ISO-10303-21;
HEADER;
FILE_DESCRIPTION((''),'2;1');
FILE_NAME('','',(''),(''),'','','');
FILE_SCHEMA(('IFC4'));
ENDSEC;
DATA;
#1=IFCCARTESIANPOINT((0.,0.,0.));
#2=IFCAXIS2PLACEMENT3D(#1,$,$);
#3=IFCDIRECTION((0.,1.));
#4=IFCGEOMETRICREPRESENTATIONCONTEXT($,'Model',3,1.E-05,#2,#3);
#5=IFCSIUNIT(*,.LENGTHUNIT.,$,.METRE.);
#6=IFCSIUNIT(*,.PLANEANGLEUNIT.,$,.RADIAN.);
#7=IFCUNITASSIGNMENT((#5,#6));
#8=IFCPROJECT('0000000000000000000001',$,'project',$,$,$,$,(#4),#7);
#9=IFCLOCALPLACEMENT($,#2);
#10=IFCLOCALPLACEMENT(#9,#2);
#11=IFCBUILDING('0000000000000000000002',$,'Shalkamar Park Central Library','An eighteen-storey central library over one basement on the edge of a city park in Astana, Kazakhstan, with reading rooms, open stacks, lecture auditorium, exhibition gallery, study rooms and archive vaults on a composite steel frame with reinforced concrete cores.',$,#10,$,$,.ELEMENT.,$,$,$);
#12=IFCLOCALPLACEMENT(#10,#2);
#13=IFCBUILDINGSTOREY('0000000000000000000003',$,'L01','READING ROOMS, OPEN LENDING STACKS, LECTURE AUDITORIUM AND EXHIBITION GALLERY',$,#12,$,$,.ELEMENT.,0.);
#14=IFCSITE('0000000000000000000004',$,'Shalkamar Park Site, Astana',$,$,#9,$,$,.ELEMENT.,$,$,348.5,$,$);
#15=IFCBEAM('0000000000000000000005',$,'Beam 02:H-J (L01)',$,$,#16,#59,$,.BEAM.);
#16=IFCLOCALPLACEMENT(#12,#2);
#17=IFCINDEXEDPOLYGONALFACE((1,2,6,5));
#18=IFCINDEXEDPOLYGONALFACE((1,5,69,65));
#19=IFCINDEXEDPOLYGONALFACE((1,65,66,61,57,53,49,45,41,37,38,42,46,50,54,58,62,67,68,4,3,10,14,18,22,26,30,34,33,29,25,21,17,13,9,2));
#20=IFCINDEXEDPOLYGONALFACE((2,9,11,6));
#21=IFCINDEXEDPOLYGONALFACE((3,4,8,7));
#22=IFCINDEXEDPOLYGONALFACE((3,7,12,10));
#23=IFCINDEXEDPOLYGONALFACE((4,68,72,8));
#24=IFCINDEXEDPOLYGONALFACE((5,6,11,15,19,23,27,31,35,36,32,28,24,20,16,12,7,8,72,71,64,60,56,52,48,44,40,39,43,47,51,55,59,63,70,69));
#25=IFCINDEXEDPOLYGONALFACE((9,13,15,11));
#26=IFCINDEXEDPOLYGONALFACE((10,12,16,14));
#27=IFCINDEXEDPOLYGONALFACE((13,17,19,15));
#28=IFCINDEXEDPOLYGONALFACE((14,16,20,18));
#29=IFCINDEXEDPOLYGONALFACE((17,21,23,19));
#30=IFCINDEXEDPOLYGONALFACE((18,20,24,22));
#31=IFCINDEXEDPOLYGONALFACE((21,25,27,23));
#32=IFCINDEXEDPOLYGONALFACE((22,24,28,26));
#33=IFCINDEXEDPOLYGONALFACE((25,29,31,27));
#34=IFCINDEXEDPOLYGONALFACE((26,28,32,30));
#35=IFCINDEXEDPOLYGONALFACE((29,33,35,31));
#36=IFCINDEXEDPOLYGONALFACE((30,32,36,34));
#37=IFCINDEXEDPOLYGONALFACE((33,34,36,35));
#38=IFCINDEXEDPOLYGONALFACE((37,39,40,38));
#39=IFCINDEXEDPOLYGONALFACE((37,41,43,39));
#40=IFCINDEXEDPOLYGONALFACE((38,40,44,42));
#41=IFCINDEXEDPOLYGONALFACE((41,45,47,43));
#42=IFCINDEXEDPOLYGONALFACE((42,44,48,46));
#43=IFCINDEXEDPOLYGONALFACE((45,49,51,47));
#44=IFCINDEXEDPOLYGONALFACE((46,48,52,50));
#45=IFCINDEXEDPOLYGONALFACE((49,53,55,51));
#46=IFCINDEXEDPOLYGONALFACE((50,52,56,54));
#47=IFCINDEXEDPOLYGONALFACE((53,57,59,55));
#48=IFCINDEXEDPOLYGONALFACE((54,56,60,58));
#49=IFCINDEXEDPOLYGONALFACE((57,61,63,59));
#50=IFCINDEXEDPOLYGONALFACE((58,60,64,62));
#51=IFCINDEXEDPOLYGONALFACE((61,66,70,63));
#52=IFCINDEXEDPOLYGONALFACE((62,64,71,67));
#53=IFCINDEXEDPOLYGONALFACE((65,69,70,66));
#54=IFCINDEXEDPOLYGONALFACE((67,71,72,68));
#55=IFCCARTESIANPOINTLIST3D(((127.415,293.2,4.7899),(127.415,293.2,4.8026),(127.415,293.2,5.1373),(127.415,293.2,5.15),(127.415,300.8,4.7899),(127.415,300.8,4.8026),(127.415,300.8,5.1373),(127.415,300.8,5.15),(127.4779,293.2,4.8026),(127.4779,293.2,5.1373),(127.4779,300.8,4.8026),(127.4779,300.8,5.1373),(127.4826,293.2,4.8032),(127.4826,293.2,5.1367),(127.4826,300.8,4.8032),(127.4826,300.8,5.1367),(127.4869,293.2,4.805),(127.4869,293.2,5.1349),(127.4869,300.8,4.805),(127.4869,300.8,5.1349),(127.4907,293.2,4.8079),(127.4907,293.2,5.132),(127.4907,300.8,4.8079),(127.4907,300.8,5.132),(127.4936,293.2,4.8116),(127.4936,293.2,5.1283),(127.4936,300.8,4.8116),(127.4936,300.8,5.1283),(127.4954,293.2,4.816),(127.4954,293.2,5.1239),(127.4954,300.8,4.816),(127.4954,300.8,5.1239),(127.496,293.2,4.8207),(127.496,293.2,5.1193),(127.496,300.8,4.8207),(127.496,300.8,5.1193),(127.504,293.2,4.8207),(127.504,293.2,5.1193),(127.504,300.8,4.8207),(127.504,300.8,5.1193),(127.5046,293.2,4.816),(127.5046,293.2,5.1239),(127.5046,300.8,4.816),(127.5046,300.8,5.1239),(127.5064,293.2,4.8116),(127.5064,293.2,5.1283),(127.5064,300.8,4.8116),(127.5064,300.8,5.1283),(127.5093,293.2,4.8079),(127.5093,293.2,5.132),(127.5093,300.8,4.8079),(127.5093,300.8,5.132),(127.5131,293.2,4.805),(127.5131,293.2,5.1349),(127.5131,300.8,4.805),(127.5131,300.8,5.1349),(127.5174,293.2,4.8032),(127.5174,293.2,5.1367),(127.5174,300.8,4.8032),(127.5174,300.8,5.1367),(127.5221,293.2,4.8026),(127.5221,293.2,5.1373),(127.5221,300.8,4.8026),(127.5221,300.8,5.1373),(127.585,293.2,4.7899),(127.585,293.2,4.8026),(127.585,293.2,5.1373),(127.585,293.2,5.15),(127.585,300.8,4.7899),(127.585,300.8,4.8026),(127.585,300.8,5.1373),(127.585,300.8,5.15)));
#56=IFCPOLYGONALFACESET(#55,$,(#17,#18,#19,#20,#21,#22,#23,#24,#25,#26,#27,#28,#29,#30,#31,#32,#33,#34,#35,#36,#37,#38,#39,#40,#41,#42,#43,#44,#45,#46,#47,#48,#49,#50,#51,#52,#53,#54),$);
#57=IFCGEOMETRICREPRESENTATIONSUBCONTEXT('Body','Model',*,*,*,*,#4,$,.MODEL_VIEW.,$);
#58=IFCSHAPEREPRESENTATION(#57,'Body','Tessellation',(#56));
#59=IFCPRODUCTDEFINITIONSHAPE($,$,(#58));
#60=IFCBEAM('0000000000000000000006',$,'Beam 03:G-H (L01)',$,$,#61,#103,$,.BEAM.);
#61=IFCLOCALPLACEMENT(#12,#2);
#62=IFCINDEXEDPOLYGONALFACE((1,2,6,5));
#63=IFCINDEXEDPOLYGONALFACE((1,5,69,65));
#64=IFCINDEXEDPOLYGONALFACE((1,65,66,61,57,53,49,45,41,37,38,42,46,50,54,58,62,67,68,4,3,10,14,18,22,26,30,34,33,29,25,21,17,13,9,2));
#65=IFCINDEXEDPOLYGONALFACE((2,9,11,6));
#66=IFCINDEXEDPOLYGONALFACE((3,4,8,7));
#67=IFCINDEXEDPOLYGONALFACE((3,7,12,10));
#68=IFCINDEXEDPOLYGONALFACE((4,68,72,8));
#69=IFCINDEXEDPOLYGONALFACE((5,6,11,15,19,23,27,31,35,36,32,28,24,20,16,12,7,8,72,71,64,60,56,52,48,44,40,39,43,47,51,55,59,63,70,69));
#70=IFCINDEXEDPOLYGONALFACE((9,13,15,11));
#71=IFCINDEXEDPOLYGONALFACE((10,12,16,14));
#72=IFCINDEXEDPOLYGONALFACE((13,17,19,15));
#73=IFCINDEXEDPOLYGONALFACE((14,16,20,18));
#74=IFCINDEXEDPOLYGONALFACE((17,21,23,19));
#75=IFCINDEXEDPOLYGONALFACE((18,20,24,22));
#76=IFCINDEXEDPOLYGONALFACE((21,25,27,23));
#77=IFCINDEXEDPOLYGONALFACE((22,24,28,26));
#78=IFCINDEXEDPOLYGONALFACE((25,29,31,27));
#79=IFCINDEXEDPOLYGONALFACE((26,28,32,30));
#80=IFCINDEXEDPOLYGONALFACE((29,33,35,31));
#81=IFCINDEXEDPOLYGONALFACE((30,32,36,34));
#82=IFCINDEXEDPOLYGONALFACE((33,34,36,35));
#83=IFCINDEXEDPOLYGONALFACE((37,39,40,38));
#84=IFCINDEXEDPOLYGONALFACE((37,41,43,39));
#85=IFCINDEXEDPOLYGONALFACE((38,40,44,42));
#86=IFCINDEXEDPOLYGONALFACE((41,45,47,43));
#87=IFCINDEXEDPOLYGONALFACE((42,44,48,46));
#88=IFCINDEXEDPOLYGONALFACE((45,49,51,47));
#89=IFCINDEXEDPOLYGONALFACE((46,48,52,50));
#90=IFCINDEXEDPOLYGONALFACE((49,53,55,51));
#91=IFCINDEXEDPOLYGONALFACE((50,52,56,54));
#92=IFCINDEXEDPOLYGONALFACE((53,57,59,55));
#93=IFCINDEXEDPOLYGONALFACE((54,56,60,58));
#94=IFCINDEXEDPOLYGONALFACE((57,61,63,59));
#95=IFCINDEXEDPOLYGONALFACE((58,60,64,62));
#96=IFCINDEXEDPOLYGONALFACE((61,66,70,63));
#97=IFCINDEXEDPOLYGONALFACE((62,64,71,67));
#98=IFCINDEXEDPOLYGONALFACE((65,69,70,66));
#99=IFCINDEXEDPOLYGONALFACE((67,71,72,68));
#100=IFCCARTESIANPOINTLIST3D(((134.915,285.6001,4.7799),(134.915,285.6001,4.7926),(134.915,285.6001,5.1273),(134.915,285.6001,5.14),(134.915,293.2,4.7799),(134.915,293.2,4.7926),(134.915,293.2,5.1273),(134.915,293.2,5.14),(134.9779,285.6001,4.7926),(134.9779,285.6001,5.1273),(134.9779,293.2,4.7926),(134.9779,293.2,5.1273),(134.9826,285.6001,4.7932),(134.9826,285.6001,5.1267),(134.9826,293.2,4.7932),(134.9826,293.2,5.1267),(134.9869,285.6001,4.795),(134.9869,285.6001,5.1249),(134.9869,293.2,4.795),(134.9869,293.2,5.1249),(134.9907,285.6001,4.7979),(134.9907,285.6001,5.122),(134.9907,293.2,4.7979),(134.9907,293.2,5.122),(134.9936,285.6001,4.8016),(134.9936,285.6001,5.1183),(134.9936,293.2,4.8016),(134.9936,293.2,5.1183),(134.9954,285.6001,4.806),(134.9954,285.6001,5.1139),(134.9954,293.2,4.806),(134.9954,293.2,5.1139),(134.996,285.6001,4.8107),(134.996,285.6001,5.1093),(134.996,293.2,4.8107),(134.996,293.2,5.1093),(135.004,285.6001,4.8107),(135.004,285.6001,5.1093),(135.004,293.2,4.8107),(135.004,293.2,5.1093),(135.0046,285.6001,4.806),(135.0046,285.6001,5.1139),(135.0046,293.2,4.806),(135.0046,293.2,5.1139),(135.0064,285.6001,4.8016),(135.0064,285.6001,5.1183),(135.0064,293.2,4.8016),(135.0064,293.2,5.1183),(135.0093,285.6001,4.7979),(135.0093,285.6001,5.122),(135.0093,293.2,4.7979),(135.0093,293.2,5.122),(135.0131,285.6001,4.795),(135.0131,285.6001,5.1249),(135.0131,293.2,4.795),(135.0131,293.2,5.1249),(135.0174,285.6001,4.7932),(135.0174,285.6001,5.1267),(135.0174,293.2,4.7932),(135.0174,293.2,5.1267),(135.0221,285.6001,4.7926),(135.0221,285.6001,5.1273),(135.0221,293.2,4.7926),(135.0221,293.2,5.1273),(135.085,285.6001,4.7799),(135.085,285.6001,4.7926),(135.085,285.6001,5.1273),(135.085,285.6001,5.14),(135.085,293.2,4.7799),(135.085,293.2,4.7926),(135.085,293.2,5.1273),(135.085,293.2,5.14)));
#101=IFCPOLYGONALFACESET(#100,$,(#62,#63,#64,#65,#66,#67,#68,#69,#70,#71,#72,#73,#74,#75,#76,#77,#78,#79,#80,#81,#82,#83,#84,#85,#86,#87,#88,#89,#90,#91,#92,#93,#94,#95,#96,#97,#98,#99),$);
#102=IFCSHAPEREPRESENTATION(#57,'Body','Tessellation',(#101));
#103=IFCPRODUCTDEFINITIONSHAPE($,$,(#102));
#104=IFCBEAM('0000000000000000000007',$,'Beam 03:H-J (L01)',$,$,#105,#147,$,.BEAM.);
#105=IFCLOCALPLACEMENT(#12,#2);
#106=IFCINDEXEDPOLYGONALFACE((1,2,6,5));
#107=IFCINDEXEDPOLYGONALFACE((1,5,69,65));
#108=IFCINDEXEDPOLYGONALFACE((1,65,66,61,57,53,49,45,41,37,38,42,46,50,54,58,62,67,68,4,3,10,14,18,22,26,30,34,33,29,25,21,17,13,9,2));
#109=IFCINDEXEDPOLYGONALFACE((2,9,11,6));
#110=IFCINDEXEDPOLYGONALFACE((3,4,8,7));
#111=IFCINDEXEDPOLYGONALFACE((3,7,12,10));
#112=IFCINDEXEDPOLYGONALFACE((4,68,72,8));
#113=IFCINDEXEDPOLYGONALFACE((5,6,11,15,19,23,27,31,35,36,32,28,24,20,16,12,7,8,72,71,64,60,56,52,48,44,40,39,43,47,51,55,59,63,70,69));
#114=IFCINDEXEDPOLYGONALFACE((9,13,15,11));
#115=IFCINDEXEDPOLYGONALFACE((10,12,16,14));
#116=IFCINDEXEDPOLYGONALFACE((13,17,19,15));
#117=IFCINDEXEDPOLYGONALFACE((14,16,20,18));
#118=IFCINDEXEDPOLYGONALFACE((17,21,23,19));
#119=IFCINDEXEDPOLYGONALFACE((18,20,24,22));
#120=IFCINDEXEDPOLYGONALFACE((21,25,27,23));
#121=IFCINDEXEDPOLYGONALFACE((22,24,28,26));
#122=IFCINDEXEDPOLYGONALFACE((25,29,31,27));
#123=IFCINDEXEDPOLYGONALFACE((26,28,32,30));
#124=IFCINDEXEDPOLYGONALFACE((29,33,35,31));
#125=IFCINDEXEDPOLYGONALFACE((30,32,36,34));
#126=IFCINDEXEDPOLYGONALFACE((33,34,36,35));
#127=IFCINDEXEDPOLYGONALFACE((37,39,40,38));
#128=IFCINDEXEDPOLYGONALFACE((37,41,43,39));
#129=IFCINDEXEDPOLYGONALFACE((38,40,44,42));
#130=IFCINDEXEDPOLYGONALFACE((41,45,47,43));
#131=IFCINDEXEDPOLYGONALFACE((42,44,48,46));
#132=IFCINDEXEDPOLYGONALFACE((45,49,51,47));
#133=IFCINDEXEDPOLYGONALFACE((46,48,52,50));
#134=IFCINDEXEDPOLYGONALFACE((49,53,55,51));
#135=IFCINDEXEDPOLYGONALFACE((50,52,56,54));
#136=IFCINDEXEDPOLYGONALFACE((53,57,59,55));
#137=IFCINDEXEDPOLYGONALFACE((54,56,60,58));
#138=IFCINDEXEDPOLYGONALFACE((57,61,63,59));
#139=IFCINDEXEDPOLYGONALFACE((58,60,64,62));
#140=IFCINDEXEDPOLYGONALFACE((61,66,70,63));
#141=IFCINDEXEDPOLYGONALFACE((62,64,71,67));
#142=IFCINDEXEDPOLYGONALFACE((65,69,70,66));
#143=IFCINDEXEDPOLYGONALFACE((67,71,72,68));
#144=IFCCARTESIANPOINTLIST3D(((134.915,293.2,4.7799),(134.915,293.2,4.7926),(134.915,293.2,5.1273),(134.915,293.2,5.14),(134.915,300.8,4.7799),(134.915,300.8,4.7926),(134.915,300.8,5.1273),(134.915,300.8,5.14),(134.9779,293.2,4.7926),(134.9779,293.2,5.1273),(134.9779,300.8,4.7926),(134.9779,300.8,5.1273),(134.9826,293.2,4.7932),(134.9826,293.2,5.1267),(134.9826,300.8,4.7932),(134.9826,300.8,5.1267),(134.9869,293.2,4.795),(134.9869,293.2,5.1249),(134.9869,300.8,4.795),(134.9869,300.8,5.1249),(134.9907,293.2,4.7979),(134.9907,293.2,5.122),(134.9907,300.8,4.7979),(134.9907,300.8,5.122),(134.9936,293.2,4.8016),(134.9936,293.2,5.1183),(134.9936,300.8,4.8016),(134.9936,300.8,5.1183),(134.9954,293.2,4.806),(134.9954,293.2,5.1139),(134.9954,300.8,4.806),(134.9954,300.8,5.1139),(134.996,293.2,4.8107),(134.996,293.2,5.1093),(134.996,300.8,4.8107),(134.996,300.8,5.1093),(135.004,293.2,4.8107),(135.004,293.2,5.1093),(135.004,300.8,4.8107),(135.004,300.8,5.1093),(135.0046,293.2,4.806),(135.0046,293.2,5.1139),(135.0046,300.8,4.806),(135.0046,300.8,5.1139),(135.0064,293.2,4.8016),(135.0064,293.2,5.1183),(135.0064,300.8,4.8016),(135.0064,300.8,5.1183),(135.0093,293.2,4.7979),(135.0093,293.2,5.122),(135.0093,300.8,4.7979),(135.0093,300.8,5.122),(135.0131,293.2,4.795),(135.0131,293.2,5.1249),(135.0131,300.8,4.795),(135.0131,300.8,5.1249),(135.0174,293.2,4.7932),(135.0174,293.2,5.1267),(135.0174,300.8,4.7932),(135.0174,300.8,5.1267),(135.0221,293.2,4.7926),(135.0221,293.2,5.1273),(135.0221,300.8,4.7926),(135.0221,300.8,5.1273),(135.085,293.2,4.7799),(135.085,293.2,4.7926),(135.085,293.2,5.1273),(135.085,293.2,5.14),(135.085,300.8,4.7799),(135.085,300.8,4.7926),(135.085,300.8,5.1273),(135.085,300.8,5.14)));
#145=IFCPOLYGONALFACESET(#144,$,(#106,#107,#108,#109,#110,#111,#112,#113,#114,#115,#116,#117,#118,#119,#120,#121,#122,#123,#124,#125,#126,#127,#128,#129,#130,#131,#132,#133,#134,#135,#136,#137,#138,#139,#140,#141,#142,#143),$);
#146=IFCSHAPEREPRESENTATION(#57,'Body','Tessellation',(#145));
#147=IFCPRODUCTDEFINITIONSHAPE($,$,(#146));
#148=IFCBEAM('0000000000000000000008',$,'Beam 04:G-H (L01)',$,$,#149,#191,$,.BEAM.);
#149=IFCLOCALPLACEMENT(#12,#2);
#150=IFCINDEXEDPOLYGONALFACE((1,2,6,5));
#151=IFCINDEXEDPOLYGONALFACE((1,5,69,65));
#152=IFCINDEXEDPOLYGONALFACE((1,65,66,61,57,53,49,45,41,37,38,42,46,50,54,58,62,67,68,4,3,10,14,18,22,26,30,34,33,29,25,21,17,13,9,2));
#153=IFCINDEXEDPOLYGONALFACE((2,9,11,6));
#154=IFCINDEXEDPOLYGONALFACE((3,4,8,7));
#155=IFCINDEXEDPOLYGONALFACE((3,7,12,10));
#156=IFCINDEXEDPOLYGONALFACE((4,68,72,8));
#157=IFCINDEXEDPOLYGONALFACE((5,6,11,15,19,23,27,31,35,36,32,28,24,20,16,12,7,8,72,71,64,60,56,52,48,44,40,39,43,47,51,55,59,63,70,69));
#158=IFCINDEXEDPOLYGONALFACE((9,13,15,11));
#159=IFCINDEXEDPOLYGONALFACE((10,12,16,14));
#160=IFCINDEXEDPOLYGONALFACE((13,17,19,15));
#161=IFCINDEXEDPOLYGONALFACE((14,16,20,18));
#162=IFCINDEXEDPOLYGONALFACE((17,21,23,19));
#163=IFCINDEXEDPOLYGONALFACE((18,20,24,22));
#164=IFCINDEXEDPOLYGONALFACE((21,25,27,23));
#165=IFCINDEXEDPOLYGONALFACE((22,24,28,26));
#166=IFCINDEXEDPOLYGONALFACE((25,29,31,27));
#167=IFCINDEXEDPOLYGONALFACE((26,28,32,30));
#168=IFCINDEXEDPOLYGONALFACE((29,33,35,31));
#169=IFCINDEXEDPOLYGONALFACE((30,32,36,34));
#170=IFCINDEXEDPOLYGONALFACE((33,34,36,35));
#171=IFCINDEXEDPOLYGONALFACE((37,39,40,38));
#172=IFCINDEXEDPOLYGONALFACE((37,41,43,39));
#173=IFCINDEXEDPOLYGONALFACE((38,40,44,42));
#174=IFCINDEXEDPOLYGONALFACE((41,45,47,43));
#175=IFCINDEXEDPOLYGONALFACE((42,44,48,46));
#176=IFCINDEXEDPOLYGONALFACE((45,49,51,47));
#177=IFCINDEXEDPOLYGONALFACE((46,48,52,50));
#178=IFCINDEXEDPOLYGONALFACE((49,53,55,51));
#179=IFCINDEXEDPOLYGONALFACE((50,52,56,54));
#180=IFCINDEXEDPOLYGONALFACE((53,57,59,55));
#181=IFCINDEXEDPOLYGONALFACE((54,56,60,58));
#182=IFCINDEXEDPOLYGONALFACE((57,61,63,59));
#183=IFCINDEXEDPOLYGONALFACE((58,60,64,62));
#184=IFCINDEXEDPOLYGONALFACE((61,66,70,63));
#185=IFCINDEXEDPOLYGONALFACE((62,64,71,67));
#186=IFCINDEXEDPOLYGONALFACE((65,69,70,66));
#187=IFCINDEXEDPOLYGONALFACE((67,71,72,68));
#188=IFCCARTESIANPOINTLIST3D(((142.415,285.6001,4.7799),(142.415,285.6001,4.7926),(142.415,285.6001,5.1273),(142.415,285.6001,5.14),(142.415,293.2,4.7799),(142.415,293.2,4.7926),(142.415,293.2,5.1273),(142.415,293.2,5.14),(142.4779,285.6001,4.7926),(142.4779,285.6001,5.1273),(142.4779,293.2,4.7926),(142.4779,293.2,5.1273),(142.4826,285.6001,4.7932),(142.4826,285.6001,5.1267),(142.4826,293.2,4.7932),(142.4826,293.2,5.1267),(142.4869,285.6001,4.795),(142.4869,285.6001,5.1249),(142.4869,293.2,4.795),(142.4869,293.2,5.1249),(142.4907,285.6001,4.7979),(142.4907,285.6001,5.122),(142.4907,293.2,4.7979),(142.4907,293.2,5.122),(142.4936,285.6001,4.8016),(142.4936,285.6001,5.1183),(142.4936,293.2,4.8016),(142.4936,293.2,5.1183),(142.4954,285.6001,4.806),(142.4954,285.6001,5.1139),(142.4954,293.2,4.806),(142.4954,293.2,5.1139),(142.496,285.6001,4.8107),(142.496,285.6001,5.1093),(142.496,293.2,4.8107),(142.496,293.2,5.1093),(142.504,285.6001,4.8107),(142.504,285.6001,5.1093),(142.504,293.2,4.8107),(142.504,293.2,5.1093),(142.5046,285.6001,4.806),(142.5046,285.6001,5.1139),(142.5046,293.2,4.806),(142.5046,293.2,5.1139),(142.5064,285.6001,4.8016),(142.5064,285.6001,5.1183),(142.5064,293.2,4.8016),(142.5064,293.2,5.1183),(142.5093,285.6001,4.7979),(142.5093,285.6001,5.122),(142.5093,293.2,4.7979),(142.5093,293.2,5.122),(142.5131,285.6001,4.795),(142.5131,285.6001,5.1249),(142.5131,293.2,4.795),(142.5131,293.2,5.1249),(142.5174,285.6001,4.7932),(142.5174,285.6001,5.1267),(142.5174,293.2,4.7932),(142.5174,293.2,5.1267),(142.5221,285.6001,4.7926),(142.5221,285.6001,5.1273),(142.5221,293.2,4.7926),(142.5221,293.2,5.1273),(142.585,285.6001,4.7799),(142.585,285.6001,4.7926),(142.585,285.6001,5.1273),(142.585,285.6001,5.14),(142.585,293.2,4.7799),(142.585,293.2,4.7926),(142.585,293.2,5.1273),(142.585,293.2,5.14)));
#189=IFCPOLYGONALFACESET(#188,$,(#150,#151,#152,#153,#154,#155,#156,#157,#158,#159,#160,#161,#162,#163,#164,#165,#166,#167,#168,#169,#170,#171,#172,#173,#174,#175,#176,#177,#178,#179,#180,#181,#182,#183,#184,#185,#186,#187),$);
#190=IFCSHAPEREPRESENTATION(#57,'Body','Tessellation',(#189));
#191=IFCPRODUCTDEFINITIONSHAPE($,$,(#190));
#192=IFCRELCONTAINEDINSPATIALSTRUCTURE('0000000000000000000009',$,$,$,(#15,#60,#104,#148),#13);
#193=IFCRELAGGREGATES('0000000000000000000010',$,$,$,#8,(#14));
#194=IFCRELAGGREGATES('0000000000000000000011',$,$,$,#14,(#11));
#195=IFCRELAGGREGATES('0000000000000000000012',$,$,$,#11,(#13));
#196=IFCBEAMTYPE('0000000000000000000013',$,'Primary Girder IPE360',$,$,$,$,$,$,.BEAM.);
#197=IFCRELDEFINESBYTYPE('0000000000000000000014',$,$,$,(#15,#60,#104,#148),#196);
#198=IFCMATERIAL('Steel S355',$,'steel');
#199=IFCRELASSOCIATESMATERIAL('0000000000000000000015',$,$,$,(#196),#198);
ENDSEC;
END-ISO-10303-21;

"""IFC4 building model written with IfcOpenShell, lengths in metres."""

from ifc_helpers import new_model, si_unit, direction, frame, origin, origin_2d, place, context, subcontext, project, spatial, i_section, extrude, material, material_profile, profile_set, type_object, element, save


model = new_model("IFC4")

# Units and contexts
model_context = context("Model", 3, precision=1e-05, world=origin(), true_north=direction((0.0, 1.0)))
body_context = subcontext(model_context, "Body", "Model", "MODEL_VIEW")
ifc_project = project(units=[si_unit("LENGTHUNIT", "METRE"), si_unit("PLANEANGLEUNIT", "RADIAN")], contexts=[model_context])

# Site, building, storey
site_placement = place(None, origin())
site = spatial("IfcSite", under=ifc_project, at=site_placement, Name="Shalkamar Park Site, Astana", CompositionType="ELEMENT", RefElevation=348.5)
building_placement = place(site_placement, origin())
building = spatial("IfcBuilding", under=site, at=building_placement, Name="Shalkamar Park Central Library", Description="An eighteen-storey central library over one basement on the edge of a city park in Astana, Kazakhstan, with reading rooms, open stacks, lecture auditorium, exhibition gallery, study rooms and archive vaults on a composite steel frame with reinforced concrete cores.", CompositionType="ELEMENT")
storey_placement = place(building_placement, origin())
storey = spatial("IfcBuildingStorey", under=building, at=storey_placement, Name="L01", Description="READING ROOMS, OPEN LENDING STACKS, LECTURE AUDITORIUM AND EXHIBITION GALLERY", CompositionType="ELEMENT", Elevation=0.0)

# Shared definitions
ifc_material = material(Name="Steel S355", Category="steel")

# Beams
ifc_material_profile_1 = material_profile(ifc_material, i_section(OverallWidth=0.1699, OverallDepth=0.3601, WebThickness=0.0081, FlangeThickness=0.0127, FilletRadius=0.0181, at=origin_2d()), Name="IPE 360")
ifc_profile_set_1 = profile_set([ifc_material_profile_1], Name="Steel S355")
beam_type = type_object("IfcBeamType", Name="Primary Girder IPE360", PredefinedType="BEAM", material=ifc_profile_set_1)
beam_1_placement = place(storey_placement, frame((127.5, 293.2, 4.97), z_axis=(0.0, 1.0, 0.0), x_axis=(-1.0, 0.0, 0.0)))
element("IfcBeam", 1, at=beam_1_placement, inside=storey, type_object=beam_type, Name="Beam 02:H-J (L01)", PredefinedType="BEAM", context=body_context, shape_type="SweptSolid", body=[
    extrude(i_section(OverallWidth=0.1699, OverallDepth=0.3601, WebThickness=0.0081, FlangeThickness=0.0127, FilletRadius=0.0181, at=origin_2d()), origin(), (0.0, 0.0, 1.0), 7.6001),
])
beam_2_placement = place(storey_placement, frame((135.0, 285.6001, 4.96), z_axis=(0.0, 1.0, 0.0), x_axis=(-1.0, 0.0, 0.0)))
element("IfcBeam", 2, at=beam_2_placement, inside=storey, type_object=beam_type, Name="Beam 03:G-H (L01)", PredefinedType="BEAM", context=body_context, shape_type="SweptSolid", body=[
    extrude(i_section(OverallWidth=0.1699, OverallDepth=0.3601, WebThickness=0.0081, FlangeThickness=0.0127, FilletRadius=0.0181, at=origin_2d()), origin(), (0.0, 0.0, 1.0), 7.5999),
])
beam_3_placement = place(storey_placement, frame((135.0, 293.2, 4.96), z_axis=(0.0, 1.0, 0.0), x_axis=(-1.0, 0.0, 0.0)))
element("IfcBeam", 3, at=beam_3_placement, inside=storey, type_object=beam_type, Name="Beam 03:H-J (L01)", PredefinedType="BEAM", context=body_context, shape_type="SweptSolid", body=[
    extrude(i_section(OverallWidth=0.1699, OverallDepth=0.3601, WebThickness=0.0081, FlangeThickness=0.0127, FilletRadius=0.0181, at=origin_2d()), origin(), (0.0, 0.0, 1.0), 7.6001),
])
beam_4_placement = place(storey_placement, frame((142.5, 285.6001, 4.96), z_axis=(0.0, 1.0, 0.0), x_axis=(-1.0, 0.0, 0.0)))
element("IfcBeam", 4, at=beam_4_placement, inside=storey, type_object=beam_type, Name="Beam 04:G-H (L01)", PredefinedType="BEAM", context=body_context, shape_type="SweptSolid", body=[
    extrude(i_section(OverallWidth=0.1699, OverallDepth=0.3601, WebThickness=0.0081, FlangeThickness=0.0127, FilletRadius=0.0181, at=origin_2d()), origin(), (0.0, 0.0, 1.0), 7.5999),
])

save(model, "model.ifc")
